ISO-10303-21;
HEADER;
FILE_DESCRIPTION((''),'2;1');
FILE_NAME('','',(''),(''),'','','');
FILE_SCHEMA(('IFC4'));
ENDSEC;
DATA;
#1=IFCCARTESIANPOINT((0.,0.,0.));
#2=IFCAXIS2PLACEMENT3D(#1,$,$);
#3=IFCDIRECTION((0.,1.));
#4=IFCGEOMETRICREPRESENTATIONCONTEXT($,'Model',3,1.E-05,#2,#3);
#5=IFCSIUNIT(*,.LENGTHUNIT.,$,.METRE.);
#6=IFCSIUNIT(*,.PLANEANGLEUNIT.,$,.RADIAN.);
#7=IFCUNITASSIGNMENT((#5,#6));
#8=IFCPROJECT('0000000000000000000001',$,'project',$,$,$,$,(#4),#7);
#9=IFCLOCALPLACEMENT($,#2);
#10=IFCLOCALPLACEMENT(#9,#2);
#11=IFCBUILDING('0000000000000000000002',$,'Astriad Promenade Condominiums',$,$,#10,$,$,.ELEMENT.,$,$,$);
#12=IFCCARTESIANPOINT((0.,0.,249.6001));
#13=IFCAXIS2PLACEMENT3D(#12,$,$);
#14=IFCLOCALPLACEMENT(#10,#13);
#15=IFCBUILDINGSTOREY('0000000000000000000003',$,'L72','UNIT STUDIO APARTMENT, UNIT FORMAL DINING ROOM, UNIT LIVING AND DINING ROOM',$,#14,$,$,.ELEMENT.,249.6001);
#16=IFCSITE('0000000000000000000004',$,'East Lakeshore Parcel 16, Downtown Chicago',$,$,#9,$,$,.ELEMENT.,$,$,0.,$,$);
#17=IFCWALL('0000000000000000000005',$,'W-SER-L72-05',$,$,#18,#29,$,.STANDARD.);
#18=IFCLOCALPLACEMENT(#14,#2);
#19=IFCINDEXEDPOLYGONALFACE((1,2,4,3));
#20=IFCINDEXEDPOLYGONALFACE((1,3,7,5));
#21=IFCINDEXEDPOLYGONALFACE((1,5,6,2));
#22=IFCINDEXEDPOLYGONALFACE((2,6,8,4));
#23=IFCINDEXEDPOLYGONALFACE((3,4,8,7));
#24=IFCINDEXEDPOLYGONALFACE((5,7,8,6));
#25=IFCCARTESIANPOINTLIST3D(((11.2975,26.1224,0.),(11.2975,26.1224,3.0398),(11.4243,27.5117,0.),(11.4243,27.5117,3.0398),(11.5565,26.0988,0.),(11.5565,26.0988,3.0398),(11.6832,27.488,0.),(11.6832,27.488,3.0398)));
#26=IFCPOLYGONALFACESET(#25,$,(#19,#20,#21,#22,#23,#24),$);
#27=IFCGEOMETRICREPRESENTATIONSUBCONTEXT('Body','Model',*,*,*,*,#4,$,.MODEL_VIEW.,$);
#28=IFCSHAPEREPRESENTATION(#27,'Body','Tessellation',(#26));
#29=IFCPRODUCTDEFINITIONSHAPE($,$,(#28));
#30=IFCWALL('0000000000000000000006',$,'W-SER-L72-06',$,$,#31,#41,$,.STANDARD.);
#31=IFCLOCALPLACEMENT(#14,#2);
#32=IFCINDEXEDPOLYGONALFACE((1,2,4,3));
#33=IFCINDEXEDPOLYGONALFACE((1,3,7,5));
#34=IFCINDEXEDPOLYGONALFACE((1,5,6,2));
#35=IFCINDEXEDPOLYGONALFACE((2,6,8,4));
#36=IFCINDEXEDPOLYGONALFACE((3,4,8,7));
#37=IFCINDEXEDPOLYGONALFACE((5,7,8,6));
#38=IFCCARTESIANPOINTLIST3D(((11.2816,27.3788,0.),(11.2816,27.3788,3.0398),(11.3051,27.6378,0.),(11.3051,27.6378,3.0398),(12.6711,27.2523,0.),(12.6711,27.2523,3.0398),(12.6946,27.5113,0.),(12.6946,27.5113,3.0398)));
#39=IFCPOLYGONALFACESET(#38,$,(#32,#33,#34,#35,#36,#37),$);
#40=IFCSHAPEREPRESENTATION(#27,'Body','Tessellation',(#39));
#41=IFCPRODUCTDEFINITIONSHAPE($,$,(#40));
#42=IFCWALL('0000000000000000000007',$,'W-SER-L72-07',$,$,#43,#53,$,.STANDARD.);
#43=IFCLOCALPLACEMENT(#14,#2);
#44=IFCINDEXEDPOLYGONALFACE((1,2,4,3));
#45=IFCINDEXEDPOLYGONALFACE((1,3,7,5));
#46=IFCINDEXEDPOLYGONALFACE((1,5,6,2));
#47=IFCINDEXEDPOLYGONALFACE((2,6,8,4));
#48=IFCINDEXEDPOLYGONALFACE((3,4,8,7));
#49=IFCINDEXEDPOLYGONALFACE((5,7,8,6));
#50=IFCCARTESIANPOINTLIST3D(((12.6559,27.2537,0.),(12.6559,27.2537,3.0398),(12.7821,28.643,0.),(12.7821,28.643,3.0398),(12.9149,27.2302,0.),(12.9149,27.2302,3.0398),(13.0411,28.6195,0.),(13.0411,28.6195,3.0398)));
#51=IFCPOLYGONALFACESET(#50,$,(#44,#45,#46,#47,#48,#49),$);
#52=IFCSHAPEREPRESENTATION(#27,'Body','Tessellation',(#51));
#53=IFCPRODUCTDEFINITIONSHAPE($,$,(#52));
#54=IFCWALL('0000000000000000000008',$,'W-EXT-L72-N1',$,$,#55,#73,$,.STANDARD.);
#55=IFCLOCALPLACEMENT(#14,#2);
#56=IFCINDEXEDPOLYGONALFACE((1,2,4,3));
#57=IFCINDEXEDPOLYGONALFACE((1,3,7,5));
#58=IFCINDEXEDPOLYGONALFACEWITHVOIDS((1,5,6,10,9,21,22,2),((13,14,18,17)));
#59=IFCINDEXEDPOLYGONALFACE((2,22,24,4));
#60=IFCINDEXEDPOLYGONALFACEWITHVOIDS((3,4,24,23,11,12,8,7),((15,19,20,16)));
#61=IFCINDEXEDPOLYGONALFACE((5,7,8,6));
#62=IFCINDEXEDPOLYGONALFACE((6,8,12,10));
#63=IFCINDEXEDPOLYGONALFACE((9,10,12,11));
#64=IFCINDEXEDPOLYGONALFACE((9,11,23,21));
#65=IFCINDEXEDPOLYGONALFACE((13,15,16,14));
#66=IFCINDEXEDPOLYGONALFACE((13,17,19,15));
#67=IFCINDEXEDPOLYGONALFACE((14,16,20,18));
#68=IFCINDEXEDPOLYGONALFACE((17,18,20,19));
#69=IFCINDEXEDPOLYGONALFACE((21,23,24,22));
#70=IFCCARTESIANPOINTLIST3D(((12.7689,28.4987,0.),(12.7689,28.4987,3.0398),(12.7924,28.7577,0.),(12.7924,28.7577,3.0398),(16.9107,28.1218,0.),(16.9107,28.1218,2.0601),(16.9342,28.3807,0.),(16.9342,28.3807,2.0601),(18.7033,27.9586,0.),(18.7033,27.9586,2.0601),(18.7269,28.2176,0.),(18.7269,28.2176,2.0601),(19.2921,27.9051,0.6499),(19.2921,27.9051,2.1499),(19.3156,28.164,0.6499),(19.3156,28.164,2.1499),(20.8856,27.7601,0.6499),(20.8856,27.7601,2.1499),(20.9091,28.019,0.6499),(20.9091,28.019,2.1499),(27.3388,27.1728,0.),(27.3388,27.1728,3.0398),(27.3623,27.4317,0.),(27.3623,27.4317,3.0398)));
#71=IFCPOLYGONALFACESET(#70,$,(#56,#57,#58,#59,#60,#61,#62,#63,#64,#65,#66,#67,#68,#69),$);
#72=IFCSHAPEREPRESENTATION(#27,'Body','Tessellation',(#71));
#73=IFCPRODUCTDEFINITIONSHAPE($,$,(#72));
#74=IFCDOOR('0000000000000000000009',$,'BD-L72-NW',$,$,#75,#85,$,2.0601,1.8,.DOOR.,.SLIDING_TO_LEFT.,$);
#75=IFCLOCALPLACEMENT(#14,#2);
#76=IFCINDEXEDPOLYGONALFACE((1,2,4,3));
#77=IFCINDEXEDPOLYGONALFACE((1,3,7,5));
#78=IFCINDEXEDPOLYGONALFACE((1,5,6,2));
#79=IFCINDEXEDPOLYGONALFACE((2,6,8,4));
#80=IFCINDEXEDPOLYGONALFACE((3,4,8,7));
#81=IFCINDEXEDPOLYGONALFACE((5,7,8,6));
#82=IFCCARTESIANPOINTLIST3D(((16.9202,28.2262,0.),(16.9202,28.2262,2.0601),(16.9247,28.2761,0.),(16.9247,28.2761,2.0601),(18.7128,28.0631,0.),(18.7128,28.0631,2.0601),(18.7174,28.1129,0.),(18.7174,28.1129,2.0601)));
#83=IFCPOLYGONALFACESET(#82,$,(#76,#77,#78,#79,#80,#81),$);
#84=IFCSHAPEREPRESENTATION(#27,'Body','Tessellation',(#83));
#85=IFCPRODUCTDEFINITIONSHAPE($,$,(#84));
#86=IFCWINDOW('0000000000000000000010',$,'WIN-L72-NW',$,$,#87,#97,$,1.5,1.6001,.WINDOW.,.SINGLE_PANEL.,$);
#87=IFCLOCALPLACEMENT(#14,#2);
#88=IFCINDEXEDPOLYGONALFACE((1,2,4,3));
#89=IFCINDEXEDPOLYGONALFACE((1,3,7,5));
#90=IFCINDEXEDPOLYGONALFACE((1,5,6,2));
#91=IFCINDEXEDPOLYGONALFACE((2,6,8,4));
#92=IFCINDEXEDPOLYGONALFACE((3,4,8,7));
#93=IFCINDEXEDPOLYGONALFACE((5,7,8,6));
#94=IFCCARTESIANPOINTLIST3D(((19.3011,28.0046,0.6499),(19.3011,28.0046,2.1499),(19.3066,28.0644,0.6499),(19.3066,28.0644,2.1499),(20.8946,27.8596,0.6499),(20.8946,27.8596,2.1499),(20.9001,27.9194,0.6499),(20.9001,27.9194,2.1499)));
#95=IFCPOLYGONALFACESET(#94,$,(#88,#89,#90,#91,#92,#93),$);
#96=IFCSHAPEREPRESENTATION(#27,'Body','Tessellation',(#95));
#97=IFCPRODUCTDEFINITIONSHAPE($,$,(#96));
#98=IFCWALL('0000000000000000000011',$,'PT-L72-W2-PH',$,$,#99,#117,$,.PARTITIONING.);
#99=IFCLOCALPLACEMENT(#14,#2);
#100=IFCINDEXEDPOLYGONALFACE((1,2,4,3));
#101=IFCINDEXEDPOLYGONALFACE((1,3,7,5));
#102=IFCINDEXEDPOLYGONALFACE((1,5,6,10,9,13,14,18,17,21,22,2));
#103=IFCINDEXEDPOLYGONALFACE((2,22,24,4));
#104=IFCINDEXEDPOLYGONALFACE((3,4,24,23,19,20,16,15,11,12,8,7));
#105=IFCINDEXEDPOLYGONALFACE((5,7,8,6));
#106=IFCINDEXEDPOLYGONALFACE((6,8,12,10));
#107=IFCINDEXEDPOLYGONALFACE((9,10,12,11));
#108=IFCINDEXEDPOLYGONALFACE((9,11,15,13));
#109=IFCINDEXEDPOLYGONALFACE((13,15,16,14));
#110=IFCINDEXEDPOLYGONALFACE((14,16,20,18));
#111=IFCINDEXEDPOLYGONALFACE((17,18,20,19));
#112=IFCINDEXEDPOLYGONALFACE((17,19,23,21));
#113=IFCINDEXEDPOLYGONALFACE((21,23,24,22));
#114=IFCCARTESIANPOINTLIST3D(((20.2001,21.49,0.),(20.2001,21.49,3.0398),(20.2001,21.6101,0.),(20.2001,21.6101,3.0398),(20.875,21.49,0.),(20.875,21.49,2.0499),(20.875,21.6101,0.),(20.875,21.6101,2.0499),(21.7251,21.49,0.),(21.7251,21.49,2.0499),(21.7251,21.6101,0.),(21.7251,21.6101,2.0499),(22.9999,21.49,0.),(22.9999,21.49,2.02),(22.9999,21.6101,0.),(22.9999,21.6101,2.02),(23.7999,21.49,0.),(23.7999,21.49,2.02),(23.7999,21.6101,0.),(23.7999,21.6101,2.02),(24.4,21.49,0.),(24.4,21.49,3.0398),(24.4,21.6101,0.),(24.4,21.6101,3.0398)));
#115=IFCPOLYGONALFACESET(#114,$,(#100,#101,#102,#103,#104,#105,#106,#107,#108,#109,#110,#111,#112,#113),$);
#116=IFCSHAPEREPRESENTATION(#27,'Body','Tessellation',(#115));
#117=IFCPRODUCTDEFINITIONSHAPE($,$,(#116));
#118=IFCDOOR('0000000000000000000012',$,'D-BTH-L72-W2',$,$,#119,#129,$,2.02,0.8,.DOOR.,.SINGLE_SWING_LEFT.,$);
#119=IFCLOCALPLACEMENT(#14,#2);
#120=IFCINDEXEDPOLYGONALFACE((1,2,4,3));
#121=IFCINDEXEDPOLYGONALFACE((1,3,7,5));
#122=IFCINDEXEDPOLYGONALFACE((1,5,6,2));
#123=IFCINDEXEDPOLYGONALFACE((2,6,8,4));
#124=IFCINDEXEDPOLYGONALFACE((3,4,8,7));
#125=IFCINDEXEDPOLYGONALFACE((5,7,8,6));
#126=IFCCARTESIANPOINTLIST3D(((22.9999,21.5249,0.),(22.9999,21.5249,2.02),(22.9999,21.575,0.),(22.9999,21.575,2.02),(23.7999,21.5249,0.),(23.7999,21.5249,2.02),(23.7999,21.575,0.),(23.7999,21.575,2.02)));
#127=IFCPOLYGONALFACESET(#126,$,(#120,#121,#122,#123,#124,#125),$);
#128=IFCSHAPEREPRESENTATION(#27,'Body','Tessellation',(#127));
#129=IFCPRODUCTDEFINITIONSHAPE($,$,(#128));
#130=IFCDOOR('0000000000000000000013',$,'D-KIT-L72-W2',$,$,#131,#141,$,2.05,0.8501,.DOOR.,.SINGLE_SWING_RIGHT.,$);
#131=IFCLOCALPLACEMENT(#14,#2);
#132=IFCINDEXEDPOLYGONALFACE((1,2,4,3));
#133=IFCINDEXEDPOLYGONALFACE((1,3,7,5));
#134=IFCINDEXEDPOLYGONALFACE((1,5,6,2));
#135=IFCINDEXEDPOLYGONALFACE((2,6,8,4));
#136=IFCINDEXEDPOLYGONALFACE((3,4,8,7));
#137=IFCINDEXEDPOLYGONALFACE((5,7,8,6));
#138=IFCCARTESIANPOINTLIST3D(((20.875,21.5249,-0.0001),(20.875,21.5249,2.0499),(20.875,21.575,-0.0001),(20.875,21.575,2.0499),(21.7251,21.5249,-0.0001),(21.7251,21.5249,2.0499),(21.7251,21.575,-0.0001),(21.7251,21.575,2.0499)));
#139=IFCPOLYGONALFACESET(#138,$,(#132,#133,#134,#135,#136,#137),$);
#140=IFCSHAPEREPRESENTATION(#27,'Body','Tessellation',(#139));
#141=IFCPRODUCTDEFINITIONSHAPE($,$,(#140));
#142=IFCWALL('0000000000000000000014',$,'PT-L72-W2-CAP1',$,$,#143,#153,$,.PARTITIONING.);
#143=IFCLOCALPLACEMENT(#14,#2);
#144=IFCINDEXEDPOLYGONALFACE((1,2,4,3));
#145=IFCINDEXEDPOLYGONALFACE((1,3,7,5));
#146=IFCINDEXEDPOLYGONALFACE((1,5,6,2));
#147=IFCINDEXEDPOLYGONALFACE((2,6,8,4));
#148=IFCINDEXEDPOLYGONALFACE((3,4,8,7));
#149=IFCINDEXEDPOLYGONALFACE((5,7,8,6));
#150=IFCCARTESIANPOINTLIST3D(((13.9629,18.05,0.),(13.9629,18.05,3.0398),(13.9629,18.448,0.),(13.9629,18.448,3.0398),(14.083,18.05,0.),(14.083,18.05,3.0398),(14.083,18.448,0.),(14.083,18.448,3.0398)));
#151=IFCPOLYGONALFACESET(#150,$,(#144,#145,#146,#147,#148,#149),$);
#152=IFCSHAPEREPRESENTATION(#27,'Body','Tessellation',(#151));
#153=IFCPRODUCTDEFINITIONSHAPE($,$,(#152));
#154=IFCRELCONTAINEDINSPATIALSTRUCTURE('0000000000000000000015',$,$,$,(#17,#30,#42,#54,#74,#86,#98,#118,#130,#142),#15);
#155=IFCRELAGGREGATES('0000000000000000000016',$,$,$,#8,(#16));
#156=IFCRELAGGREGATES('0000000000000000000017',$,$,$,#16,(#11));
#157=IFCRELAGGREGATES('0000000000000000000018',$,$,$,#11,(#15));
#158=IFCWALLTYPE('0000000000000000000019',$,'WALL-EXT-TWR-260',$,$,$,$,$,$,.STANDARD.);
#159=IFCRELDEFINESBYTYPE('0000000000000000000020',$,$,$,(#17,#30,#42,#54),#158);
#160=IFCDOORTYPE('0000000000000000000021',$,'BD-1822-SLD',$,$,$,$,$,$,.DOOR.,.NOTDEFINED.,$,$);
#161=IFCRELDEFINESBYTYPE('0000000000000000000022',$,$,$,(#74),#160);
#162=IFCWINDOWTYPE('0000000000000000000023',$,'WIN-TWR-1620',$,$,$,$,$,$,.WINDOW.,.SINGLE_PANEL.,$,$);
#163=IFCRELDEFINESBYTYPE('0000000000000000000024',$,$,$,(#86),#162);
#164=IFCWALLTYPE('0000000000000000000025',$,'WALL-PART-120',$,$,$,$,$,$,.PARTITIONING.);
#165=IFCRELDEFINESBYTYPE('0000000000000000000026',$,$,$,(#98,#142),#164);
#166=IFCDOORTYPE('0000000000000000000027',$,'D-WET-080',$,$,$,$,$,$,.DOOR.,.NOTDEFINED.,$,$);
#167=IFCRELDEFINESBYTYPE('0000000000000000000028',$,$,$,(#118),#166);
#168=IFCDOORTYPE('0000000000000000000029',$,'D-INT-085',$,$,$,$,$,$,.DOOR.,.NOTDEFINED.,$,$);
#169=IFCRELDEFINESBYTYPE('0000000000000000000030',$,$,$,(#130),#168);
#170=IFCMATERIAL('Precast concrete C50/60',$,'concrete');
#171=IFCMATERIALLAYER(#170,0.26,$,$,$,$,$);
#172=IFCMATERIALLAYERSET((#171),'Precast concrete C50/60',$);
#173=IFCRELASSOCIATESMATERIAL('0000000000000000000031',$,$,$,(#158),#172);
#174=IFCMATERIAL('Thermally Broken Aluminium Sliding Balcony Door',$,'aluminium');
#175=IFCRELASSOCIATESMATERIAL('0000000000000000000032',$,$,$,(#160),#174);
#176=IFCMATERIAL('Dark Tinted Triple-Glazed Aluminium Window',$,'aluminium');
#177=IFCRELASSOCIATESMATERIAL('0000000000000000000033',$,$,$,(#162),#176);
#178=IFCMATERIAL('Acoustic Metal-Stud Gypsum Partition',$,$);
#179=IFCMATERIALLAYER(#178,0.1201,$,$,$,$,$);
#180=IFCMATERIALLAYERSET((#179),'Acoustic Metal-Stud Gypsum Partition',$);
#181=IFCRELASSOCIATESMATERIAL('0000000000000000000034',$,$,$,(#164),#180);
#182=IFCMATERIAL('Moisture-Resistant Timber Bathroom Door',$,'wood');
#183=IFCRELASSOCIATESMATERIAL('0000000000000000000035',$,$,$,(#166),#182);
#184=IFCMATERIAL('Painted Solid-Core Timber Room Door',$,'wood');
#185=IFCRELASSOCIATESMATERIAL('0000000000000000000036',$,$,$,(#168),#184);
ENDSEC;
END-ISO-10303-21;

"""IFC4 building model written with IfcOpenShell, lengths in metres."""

from ifc_helpers import new_model, si_unit, direction, frame, frame_2d, origin, place, context, subcontext, project, spatial, rectangle, extrude, source, transform, mapped, material, layer, layer_set, type_object, type_shapes, element, fill, save


model = new_model("IFC4")

# Units and contexts
model_context = context("Model", 3, precision=1e-05, world=origin(), true_north=direction((0.0, 1.0)))
body_context = subcontext(model_context, "Body", "Model", "MODEL_VIEW")
ifc_project = project(units=[si_unit("LENGTHUNIT", "METRE"), si_unit("PLANEANGLEUNIT", "RADIAN")], contexts=[model_context])

# Site, building, storey
site_placement = place(None, origin())
site = spatial("IfcSite", under=ifc_project, at=site_placement, Name="East Lakeshore Parcel 16, Downtown Chicago", CompositionType="ELEMENT", RefElevation=0.0)
building_placement = place(site_placement, origin())
building = spatial("IfcBuilding", under=site, at=building_placement, Name="Astriad Promenade Condominiums", CompositionType="ELEMENT")
storey_placement = place(building_placement, frame((0.0, 0.0, 249.6001)))
storey = spatial("IfcBuildingStorey", under=building, at=storey_placement, Name="L72", Description="UNIT STUDIO APARTMENT, UNIT FORMAL DINING ROOM, UNIT LIVING AND DINING ROOM", CompositionType="ELEMENT", Elevation=249.6001)

# Walls
ifc_material_1 = material(Name="Precast concrete C50/60", Category="concrete")
ifc_layer_1 = layer(ifc_material_1, 0.26)
ifc_layer_set_1 = layer_set([ifc_layer_1], Name="Precast concrete C50/60")
wall_type_1 = type_object("IfcWallType", Name="WALL-EXT-TWR-260", PredefinedType="STANDARD", material=ifc_layer_set_1)
wall_1_placement = place(storey_placement, frame((11.427, 26.1106, 0.0), z_axis=(0.0, 0.0, 1.0), x_axis=(0.090836, 0.995866, 0.0)))
element("IfcWall", 1, at=wall_1_placement, inside=storey, type_object=wall_type_1, Name="W-SER-L72-05", PredefinedType="STANDARD", context=body_context, shape_type="SweptSolid", body=[
    extrude(rectangle(XDim=1.395, YDim=0.26, at=frame_2d((0.6975, 0.0))), origin(), (0.0, 0.0, 1.0), 3.0398),
])
wall_2_placement = place(storey_placement, frame((11.2932, 27.5083, 0.0), z_axis=(0.0, 0.0, 1.0), x_axis=(0.995883, -0.090646, 0.0)))
element("IfcWall", 2, at=wall_2_placement, inside=storey, type_object=wall_type_1, Name="W-SER-L72-06", PredefinedType="STANDARD", context=body_context, shape_type="SweptSolid", body=[
    extrude(rectangle(XDim=1.3953, YDim=0.26, at=frame_2d((0.6978, 0.0))), origin(), (0.0, 0.0, 1.0), 3.0398),
])
wall_3_placement = place(storey_placement, frame((12.7854, 27.2419, 0.0), z_axis=(0.0, 0.0, 1.0), x_axis=(0.090473, 0.995899, 0.0)))
element("IfcWall", 3, at=wall_3_placement, inside=storey, type_object=wall_type_1, Name="W-SER-L72-07", PredefinedType="STANDARD", context=body_context, shape_type="SweptSolid", body=[
    extrude(rectangle(XDim=1.395, YDim=0.26, at=frame_2d((0.6975, 0.0))), origin(), (0.0, 0.0, 1.0), 3.0398),
])

# Wall, openings, door, window
wall_4_placement = place(storey_placement, frame((12.7808, 28.6282, 0.0), z_axis=(0.0, 0.0, 1.0), x_axis=(0.995885, -0.090631, 0.0)))
wall_4 = element("IfcWall", 4, at=wall_4_placement, inside=storey, type_object=wall_type_1, Name="W-EXT-L72-N1", PredefinedType="STANDARD", context=body_context, shape_type="SweptSolid", body=[
    extrude(rectangle(XDim=14.6301, YDim=0.26, at=frame_2d((7.3149, 0.0))), origin(), (0.0, 0.0, 1.0), 3.0398),
])
opening_1_placement = place(wall_4_placement, frame((4.1589, 0.0, 0.0)))
opening_1 = element("IfcOpeningElement", 5, at=opening_1_placement, cuts=wall_4, PredefinedType="OPENING", context=body_context, shape_type="SweptSolid", body=[
    extrude(rectangle(XDim=1.8, YDim=2.0601, at=frame_2d((0.8999, 1.03))), frame((0.0, 0.1399, 0.0), z_axis=(0.0, -1.0, 0.0), x_axis=(1.0, 0.0, 0.0)), (0.0, 0.0, 1.0), 0.28),
])
opening_2_placement = place(wall_4_placement, frame((6.55, 0.0, 0.6499)))
opening_2 = element("IfcOpeningElement", 6, at=opening_2_placement, cuts=wall_4, PredefinedType="OPENING", context=body_context, shape_type="SweptSolid", body=[
    extrude(rectangle(XDim=1.6001, YDim=1.5, at=frame_2d((0.8, 0.75))), frame((0.0, 0.1399, 0.0), z_axis=(0.0, -1.0, 0.0), x_axis=(1.0, 0.0, 0.0)), (0.0, 0.0, 1.0), 0.28),
])
ifc_material_2 = material(Name="Thermally Broken Aluminium Sliding Balcony Door", Category="aluminium")
door_type_1 = type_object("IfcDoorType", Name="BD-1822-SLD", OperationType="NOTDEFINED", PredefinedType="DOOR", material=ifc_material_2)
shared_shape_1 = source(origin(), body_context, "Body", "SweptSolid", [
    extrude(rectangle(XDim=1.8, YDim=2.0601, at=frame_2d((0.8999, 1.03))), frame((0.0, 0.0249, 0.0), z_axis=(0.0, -1.0, 0.0), x_axis=(1.0, 0.0, 0.0)), (0.0, 0.0, 1.0), 0.05),
])
type_shapes(door_type_1, [shared_shape_1])
door_1_placement = place(opening_1_placement, origin())
door_1 = element("IfcDoor", 7, at=door_1_placement, inside=storey, type_object=door_type_1, Name="BD-L72-NW", OperationType="SLIDING_TO_LEFT", OverallHeight=2.0601, OverallWidth=1.8, PredefinedType="DOOR", context=body_context, shape_type="MappedRepresentation", body=[
    mapped(shared_shape_1, transform((0.0, 0.0, 0.0), scale=1.0)),
])
fill(opening_1, door_1)
ifc_material_3 = material(Name="Dark Tinted Triple-Glazed Aluminium Window", Category="aluminium")
window_type = type_object("IfcWindowType", Name="WIN-TWR-1620", PartitioningType="SINGLE_PANEL", PredefinedType="WINDOW", material=ifc_material_3)
shared_shape_2 = source(origin(), body_context, "Body", "SweptSolid", [
    extrude(rectangle(XDim=1.6001, YDim=1.5, at=frame_2d((0.8, 0.75))), frame((0.0, 0.03, 0.0), z_axis=(0.0, -1.0, 0.0), x_axis=(1.0, 0.0, 0.0)), (0.0, 0.0, 1.0), 0.0601),
])
type_shapes(window_type, [shared_shape_2])
window_placement = place(opening_2_placement, origin())
window = element("IfcWindow", 8, at=window_placement, inside=storey, type_object=window_type, Name="WIN-L72-NW", OverallHeight=1.5, OverallWidth=1.6001, PartitioningType="SINGLE_PANEL", PredefinedType="WINDOW", context=body_context, shape_type="MappedRepresentation", body=[
    mapped(shared_shape_2, transform((0.0, 0.0, 0.0), scale=1.0)),
])
fill(opening_2, window)

# Wall, openings, doors
ifc_material_4 = material(Name="Acoustic Metal-Stud Gypsum Partition")
ifc_layer_2 = layer(ifc_material_4, 0.1201)
ifc_layer_set_2 = layer_set([ifc_layer_2], Name="Acoustic Metal-Stud Gypsum Partition")
wall_type_2 = type_object("IfcWallType", Name="WALL-PART-120", PredefinedType="PARTITIONING", material=ifc_layer_set_2)
wall_5_placement = place(storey_placement, frame((20.2, 21.55, 0.0), z_axis=(0.0, 0.0, 1.0), x_axis=(1.0, 0.0, 0.0)))
wall_5 = element("IfcWall", 9, at=wall_5_placement, inside=storey, type_object=wall_type_2, Name="PT-L72-W2-PH", PredefinedType="PARTITIONING", context=body_context, shape_type="SweptSolid", body=[
    extrude(rectangle(XDim=4.2, YDim=0.1201, at=frame_2d((2.1001, 0.0))), origin(), (0.0, 0.0, 1.0), 3.0398),
])
opening_3_placement = place(wall_5_placement, frame((0.675, 0.0, 0.0)))
opening_3 = element("IfcOpeningElement", 10, at=opening_3_placement, cuts=wall_5, PredefinedType="OPENING", context=body_context, shape_type="SweptSolid", body=[
    extrude(rectangle(XDim=0.8501, YDim=2.05, at=frame_2d((0.425, 1.0249))), frame((0.0, 0.0701, 0.0), z_axis=(0.0, -1.0, 0.0), x_axis=(1.0, 0.0, 0.0)), (0.0, 0.0, 1.0), 0.1401),
])
opening_4_placement = place(wall_5_placement, frame((2.8, 0.0, 0.0)))
opening_4 = element("IfcOpeningElement", 11, at=opening_4_placement, cuts=wall_5, PredefinedType="OPENING", context=body_context, shape_type="SweptSolid", body=[
    extrude(rectangle(XDim=0.8, YDim=2.02, at=frame_2d((0.3999, 1.01))), frame((0.0, 0.0701, 0.0), z_axis=(0.0, -1.0, 0.0), x_axis=(1.0, 0.0, 0.0)), (0.0, 0.0, 1.0), 0.1401),
])
ifc_material_5 = material(Name="Moisture-Resistant Timber Bathroom Door", Category="wood")
door_type_2 = type_object("IfcDoorType", Name="D-WET-080", OperationType="NOTDEFINED", PredefinedType="DOOR", material=ifc_material_5)
shared_shape_3 = source(origin(), body_context, "Body", "SweptSolid", [
    extrude(rectangle(XDim=0.8, YDim=2.02, at=frame_2d((0.3999, 1.01))), frame((0.0, 0.0249, 0.0), z_axis=(0.0, -1.0, 0.0), x_axis=(1.0, 0.0, 0.0)), (0.0, 0.0, 1.0), 0.05),
])
type_shapes(door_type_2, [shared_shape_3])
door_2_placement = place(opening_4_placement, origin())
door_2 = element("IfcDoor", 12, at=door_2_placement, inside=storey, type_object=door_type_2, Name="D-BTH-L72-W2", OperationType="SINGLE_SWING_LEFT", OverallHeight=2.02, OverallWidth=0.8, PredefinedType="DOOR", context=body_context, shape_type="MappedRepresentation", body=[
    mapped(shared_shape_3, transform((0.0, 0.0, 0.0), scale=1.0)),
])
fill(opening_4, door_2)
ifc_material_6 = material(Name="Painted Solid-Core Timber Room Door", Category="wood")
door_type_3 = type_object("IfcDoorType", Name="D-INT-085", OperationType="NOTDEFINED", PredefinedType="DOOR", material=ifc_material_6)
shared_shape_4 = source(origin(), body_context, "Body", "SweptSolid", [
    extrude(rectangle(XDim=0.8501, YDim=2.05, at=frame_2d((0.425, 1.0249))), frame((0.0, 0.0249, 0.0), z_axis=(0.0, -1.0, 0.0), x_axis=(1.0, 0.0, 0.0)), (0.0, 0.0, 1.0), 0.05),
])
type_shapes(door_type_3, [shared_shape_4])
door_3_placement = place(opening_3_placement, origin())
door_3 = element("IfcDoor", 13, at=door_3_placement, inside=storey, type_object=door_type_3, Name="D-KIT-L72-W2", OperationType="SINGLE_SWING_RIGHT", OverallHeight=2.05, OverallWidth=0.8501, PredefinedType="DOOR", context=body_context, shape_type="MappedRepresentation", body=[
    mapped(shared_shape_4, transform((0.0, 0.0, 0.0), scale=1.0)),
])
fill(opening_3, door_3)

# Wall
wall_6_placement = place(storey_placement, frame((14.0229, 18.05, 0.0), z_axis=(0.0, 0.0, 1.0), x_axis=(0.0, 1.0, 0.0)))
element("IfcWall", 14, at=wall_6_placement, inside=storey, type_object=wall_type_2, Name="PT-L72-W2-CAP1", PredefinedType="PARTITIONING", context=body_context, shape_type="SweptSolid", body=[
    extrude(rectangle(XDim=0.3979, YDim=0.1201, at=frame_2d((0.199, 0.0))), origin(), (0.0, 0.0, 1.0), 3.0398),
])

save(model, "model.ifc")
